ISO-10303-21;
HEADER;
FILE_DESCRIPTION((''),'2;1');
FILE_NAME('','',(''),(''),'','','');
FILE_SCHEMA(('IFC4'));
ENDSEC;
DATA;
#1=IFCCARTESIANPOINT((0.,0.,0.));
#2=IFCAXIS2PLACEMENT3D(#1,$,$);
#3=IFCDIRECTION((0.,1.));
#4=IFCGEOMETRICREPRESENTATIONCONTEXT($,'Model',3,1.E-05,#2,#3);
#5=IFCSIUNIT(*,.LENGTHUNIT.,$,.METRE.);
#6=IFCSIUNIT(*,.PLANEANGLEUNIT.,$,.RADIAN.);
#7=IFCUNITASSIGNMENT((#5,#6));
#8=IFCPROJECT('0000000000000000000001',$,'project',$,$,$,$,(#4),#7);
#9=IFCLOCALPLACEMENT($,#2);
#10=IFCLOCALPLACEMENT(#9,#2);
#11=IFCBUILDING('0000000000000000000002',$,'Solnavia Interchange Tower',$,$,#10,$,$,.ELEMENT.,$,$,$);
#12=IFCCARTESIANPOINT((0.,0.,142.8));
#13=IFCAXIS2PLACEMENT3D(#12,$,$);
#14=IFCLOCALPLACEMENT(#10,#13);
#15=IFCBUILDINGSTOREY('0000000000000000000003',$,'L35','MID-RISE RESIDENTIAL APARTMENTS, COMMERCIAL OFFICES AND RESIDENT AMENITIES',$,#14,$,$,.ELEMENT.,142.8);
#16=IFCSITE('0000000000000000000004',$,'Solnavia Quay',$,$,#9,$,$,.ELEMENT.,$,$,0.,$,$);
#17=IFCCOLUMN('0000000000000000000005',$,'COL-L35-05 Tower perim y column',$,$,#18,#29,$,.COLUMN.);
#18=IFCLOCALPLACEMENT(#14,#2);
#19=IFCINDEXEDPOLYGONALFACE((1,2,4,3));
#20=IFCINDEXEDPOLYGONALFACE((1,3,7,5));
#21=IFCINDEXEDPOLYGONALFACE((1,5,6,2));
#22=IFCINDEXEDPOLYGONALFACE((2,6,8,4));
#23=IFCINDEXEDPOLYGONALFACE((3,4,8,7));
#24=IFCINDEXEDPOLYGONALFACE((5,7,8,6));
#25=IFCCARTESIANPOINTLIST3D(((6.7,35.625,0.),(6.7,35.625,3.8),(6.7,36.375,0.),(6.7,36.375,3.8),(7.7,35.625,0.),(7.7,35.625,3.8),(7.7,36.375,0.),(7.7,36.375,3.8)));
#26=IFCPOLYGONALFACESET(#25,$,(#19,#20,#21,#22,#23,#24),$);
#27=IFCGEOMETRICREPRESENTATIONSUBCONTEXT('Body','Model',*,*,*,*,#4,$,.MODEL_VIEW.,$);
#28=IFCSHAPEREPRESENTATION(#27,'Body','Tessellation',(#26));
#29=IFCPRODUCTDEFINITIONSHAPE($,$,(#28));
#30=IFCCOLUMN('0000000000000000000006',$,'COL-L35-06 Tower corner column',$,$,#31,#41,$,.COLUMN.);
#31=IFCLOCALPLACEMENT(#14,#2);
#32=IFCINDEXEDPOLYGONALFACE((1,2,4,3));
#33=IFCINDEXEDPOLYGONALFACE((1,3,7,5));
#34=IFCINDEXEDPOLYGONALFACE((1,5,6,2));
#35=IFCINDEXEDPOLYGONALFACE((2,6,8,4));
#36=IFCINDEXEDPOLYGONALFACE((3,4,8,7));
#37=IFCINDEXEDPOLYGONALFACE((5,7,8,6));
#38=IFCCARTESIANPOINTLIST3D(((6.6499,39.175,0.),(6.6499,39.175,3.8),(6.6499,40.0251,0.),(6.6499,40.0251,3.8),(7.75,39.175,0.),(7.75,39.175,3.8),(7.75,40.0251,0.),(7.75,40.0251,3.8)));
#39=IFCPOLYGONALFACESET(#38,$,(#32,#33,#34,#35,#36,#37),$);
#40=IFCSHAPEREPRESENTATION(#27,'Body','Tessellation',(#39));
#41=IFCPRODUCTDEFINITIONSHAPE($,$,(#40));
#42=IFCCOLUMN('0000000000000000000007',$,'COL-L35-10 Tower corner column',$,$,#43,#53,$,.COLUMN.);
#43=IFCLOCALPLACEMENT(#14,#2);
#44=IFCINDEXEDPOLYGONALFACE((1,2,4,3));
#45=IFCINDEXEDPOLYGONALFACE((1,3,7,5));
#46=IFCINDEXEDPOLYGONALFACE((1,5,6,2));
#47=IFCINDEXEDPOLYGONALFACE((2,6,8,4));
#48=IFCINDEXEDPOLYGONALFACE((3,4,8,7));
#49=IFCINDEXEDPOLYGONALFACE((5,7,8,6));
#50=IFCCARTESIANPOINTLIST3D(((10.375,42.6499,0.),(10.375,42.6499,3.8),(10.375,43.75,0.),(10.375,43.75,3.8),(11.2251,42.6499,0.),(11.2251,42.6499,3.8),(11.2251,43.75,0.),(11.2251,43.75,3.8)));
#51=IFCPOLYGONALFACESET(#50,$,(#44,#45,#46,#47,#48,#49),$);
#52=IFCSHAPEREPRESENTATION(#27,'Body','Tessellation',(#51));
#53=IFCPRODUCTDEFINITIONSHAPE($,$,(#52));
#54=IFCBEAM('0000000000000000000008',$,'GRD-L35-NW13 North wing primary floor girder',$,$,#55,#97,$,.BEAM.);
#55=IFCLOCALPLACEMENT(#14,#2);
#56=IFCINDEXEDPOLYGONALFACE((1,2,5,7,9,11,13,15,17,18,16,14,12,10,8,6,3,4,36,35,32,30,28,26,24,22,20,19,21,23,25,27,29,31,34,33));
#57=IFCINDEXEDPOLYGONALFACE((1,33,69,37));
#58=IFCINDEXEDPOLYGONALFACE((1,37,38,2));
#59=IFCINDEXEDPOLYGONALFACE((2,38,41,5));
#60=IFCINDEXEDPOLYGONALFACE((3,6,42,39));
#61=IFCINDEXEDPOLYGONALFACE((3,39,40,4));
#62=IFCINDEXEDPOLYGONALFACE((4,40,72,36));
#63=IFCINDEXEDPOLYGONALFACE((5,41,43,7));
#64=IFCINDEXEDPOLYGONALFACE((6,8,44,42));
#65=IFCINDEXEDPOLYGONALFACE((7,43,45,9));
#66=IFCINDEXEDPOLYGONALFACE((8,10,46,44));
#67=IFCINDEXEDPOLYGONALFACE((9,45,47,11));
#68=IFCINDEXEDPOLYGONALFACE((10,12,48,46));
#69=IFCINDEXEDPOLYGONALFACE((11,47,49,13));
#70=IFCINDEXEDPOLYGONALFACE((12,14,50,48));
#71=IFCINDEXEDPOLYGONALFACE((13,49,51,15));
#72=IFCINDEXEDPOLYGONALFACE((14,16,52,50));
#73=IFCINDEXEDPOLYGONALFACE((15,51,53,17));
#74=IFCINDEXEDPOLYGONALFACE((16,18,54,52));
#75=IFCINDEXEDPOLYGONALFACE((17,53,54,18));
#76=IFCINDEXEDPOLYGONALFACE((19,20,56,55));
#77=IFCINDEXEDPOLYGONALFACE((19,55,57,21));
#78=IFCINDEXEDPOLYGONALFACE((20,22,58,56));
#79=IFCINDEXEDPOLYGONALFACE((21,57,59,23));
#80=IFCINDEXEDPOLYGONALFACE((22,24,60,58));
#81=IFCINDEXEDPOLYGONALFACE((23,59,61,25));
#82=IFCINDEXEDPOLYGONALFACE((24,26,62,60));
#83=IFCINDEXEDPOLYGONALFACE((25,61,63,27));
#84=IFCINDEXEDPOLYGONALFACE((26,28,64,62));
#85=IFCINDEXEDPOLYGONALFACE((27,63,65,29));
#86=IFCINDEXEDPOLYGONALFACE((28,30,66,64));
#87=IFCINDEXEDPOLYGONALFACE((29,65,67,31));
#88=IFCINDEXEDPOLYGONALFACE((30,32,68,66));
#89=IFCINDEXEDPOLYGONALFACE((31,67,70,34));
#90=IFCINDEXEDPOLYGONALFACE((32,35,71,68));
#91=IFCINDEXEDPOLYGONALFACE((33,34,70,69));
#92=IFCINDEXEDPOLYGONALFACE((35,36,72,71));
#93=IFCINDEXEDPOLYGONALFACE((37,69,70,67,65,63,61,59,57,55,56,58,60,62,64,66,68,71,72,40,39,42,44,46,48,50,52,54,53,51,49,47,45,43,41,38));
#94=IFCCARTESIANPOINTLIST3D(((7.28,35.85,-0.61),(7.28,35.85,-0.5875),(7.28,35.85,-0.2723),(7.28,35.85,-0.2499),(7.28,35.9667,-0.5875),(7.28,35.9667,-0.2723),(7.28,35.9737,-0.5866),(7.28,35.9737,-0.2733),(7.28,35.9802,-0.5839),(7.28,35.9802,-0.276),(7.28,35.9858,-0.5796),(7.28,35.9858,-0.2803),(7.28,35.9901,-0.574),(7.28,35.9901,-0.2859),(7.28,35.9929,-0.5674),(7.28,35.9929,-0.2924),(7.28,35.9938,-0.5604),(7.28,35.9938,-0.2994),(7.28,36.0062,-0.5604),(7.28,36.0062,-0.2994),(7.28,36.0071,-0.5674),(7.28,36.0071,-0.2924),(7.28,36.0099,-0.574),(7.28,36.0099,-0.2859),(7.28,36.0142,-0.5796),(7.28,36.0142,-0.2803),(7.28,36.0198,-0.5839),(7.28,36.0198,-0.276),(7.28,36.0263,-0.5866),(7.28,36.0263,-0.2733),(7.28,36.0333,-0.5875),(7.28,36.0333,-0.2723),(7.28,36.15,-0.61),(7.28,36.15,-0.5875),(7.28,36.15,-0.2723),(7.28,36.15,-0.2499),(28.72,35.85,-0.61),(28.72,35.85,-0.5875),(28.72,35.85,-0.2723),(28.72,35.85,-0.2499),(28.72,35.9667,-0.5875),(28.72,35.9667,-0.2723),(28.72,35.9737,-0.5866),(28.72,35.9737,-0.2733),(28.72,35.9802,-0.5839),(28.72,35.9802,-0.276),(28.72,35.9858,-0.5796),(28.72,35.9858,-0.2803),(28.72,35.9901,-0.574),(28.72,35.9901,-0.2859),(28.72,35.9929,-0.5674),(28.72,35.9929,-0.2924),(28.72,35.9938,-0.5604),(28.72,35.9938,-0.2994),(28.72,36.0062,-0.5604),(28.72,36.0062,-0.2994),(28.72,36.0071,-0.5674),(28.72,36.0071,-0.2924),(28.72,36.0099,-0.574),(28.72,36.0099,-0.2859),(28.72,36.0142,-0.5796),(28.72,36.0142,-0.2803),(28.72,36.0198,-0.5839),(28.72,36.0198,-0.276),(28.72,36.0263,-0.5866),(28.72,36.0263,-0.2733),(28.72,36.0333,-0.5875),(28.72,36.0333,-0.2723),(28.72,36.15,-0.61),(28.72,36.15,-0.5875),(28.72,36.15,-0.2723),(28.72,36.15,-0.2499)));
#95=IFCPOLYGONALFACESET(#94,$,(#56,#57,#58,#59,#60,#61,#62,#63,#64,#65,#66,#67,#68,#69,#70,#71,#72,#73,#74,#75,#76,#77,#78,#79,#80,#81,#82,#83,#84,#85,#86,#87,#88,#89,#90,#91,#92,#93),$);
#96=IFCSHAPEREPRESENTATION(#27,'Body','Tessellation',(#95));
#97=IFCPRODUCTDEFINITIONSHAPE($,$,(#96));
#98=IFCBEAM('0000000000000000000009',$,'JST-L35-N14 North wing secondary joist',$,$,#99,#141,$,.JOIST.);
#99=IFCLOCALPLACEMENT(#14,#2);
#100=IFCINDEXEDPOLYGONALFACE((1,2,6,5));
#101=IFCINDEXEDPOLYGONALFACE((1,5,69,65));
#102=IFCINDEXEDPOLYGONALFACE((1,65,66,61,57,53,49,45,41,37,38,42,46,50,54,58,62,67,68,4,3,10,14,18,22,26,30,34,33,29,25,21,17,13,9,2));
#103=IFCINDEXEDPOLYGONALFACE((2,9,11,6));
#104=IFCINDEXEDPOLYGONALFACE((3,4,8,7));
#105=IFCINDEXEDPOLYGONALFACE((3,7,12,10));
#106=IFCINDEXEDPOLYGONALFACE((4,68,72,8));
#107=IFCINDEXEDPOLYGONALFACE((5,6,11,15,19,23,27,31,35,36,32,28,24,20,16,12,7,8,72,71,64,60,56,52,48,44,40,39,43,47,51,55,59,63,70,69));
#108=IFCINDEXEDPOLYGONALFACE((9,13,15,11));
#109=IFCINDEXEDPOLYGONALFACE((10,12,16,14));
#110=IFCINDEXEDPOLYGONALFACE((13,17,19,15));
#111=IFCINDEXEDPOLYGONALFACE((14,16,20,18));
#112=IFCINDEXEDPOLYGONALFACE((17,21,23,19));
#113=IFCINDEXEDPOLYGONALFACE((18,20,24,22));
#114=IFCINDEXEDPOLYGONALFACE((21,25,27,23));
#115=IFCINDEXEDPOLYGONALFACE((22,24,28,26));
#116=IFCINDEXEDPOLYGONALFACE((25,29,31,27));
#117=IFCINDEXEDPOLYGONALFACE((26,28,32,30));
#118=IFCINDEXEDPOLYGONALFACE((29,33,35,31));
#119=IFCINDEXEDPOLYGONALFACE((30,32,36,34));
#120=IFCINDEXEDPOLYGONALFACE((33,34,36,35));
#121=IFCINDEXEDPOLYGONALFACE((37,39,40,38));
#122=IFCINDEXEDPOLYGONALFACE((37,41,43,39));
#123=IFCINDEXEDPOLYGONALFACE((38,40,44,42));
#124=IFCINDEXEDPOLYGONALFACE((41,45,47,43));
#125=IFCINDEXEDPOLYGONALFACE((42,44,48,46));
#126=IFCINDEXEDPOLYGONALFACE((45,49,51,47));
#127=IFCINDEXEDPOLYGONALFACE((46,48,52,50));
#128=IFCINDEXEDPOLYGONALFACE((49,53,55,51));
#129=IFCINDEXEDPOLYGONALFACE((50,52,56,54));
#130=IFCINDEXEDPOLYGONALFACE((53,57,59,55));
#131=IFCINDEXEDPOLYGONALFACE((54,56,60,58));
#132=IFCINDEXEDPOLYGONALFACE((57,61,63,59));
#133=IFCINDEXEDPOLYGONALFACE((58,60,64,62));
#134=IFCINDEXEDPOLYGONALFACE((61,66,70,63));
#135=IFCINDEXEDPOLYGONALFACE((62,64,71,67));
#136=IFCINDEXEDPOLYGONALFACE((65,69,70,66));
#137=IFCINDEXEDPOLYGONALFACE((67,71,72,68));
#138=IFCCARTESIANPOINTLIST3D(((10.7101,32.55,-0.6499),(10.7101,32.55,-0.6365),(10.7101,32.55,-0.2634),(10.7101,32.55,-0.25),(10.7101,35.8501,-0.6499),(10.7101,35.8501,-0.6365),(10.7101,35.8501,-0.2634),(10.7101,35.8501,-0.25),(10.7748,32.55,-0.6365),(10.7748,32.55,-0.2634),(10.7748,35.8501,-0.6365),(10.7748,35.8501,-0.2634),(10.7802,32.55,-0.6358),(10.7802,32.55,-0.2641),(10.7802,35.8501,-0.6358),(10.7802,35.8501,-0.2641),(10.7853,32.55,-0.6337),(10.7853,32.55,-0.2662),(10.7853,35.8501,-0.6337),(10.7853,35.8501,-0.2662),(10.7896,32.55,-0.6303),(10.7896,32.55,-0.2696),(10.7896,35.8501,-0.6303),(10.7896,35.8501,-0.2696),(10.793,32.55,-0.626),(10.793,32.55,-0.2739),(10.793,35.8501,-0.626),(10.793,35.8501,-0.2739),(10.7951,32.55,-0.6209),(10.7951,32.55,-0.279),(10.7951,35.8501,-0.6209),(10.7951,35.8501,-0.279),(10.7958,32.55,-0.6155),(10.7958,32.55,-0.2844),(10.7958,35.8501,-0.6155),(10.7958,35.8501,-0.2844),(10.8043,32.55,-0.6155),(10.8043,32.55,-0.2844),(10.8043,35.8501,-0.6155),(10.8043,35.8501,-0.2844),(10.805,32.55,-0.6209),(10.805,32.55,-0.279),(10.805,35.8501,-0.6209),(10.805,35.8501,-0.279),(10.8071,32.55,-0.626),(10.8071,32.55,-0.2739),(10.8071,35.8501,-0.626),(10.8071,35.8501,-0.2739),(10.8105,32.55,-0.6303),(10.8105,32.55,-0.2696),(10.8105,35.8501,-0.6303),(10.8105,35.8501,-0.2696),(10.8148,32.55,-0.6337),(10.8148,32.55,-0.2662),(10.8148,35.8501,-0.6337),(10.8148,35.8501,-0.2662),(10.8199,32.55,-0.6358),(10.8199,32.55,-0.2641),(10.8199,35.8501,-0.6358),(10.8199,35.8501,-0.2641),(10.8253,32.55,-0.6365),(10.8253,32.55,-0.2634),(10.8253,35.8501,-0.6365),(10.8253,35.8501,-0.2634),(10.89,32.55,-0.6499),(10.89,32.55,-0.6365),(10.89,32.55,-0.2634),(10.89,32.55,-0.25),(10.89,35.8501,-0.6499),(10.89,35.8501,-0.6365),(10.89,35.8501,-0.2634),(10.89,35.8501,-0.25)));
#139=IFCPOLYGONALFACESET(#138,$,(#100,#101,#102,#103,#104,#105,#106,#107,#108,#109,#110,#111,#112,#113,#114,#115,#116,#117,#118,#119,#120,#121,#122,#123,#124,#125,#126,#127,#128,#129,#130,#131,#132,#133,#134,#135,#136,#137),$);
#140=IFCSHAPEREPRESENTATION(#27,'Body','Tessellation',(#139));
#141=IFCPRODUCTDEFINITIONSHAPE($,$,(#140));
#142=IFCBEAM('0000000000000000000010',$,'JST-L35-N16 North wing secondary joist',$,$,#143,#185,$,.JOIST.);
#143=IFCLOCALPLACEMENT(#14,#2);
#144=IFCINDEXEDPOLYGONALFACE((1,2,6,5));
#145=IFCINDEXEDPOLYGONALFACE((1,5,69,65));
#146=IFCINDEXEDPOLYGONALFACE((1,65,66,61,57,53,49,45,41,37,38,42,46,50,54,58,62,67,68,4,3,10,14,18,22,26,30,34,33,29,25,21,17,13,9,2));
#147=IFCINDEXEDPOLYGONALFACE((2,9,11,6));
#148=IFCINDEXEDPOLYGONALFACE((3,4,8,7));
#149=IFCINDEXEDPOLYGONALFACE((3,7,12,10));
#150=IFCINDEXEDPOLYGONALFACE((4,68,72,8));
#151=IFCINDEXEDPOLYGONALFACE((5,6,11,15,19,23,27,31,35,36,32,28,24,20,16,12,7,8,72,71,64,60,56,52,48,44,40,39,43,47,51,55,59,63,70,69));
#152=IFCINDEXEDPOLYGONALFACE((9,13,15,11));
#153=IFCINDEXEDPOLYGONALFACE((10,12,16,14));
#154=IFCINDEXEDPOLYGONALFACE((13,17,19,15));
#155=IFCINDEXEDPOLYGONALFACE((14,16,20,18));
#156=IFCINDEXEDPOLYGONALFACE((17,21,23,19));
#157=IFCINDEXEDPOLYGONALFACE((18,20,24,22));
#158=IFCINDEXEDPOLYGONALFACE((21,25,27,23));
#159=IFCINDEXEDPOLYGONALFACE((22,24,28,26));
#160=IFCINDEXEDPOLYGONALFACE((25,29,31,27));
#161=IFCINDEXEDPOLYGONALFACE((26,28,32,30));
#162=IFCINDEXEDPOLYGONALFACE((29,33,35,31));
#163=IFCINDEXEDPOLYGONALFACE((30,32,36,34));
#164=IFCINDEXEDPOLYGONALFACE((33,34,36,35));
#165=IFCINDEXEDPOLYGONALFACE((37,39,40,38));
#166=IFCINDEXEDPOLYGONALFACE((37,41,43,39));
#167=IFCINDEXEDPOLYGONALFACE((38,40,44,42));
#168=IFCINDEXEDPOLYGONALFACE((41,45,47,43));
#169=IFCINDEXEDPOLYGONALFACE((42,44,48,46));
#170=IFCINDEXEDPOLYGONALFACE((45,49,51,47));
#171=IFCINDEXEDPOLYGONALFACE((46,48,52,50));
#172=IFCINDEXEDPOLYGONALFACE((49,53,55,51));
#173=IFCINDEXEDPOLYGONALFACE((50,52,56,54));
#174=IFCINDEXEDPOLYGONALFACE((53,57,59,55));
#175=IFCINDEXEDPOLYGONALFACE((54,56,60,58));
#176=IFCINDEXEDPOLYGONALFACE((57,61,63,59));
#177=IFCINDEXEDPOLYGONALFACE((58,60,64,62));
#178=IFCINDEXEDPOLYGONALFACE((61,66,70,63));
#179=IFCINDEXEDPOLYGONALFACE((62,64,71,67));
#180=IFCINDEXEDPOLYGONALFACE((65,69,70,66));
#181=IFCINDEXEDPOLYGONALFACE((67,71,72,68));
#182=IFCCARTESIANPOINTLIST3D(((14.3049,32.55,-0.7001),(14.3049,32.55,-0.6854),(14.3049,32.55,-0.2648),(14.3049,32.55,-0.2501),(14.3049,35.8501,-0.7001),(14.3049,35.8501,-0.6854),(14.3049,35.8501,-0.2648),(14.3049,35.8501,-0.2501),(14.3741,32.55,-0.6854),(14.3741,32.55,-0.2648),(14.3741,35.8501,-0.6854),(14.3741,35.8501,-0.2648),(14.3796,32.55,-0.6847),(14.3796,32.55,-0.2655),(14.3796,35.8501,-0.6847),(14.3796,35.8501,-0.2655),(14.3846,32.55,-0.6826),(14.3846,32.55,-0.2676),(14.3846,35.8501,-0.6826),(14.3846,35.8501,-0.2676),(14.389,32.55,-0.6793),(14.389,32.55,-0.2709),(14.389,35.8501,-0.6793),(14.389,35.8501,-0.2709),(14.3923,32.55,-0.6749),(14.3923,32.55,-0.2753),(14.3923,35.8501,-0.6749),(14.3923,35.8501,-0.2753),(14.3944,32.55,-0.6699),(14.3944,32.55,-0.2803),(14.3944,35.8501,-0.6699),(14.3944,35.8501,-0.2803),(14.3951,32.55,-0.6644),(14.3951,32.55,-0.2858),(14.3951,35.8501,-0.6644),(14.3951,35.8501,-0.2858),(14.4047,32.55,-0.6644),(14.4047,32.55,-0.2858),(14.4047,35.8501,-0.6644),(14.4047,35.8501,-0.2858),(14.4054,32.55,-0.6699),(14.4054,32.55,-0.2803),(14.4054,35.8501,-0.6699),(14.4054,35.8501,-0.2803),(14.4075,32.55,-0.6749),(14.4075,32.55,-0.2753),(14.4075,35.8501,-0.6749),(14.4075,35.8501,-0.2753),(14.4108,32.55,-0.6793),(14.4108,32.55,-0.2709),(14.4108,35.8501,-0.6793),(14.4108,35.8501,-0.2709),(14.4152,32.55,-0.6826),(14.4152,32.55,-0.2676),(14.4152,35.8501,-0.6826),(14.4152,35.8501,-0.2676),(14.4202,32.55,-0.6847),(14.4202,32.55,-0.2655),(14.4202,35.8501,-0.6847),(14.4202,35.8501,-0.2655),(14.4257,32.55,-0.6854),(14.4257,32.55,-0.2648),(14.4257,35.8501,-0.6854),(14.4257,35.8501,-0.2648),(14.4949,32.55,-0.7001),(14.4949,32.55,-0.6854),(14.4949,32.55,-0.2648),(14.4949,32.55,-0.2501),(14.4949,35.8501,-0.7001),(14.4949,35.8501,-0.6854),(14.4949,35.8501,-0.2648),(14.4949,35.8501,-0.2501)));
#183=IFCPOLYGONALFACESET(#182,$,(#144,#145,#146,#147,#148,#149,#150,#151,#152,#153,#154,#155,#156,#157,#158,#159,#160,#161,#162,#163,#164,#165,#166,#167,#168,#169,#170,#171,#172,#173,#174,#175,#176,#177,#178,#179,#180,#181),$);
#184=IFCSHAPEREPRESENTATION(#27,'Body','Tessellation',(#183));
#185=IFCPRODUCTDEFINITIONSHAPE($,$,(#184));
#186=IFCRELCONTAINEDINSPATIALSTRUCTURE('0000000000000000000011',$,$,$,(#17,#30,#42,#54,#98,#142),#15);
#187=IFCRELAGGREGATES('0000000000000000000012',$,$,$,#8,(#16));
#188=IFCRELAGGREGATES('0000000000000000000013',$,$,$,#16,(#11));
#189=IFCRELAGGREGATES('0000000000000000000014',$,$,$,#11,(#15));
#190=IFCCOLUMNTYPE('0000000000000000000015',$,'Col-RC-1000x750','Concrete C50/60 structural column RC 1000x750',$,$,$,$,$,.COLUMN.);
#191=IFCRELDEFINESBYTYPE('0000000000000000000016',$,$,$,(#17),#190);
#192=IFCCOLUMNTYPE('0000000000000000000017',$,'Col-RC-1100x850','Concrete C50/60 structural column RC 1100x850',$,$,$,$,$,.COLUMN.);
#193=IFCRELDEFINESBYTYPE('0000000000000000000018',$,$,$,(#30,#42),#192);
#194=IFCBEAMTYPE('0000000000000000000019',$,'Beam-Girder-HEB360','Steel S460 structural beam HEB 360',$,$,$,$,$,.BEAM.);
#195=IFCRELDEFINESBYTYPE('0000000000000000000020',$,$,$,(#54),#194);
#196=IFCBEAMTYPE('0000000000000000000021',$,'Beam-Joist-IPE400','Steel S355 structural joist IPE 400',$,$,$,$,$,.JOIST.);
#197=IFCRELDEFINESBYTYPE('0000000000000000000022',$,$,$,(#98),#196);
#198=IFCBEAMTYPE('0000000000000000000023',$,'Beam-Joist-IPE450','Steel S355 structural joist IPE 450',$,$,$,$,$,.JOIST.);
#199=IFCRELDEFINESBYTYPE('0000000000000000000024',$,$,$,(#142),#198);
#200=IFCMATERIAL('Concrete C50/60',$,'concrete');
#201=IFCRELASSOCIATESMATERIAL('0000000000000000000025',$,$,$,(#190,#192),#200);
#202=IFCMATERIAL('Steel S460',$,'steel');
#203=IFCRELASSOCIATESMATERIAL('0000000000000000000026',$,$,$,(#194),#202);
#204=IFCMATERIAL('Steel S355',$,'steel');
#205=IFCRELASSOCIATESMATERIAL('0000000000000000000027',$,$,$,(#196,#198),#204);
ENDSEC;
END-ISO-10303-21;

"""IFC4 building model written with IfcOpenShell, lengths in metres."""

from ifc_helpers import new_model, si_unit, direction, frame, origin, origin_2d, place, context, subcontext, project, spatial, rectangle, i_section, extrude, material, material_profile, profile_set, type_object, element, save


model = new_model("IFC4")

# Units and contexts
model_context = context("Model", 3, precision=1e-05, world=origin(), true_north=direction((0.0, 1.0)))
body_context = subcontext(model_context, "Body", "Model", "MODEL_VIEW")
ifc_project = project(units=[si_unit("LENGTHUNIT", "METRE"), si_unit("PLANEANGLEUNIT", "RADIAN")], contexts=[model_context])

# Site, building, storey
site_placement = place(None, origin())
site = spatial("IfcSite", under=ifc_project, at=site_placement, Name="Solnavia Quay", CompositionType="ELEMENT", RefElevation=0.0)
building_placement = place(site_placement, origin())
building = spatial("IfcBuilding", under=site, at=building_placement, Name="Solnavia Interchange Tower", CompositionType="ELEMENT")
storey_placement = place(building_placement, frame((0.0, 0.0, 142.8)))
storey = spatial("IfcBuildingStorey", under=building, at=storey_placement, Name="L35", Description="MID-RISE RESIDENTIAL APARTMENTS, COMMERCIAL OFFICES AND RESIDENT AMENITIES", CompositionType="ELEMENT", Elevation=142.8)

# Columns
ifc_material_1 = material(Name="Concrete C50/60", Category="concrete")
ifc_material_profile_1 = material_profile(ifc_material_1, rectangle(XDim=0.75, YDim=1.0, at=origin_2d()), Name="RC 1000x750")
ifc_profile_set_1 = profile_set([ifc_material_profile_1], Name="Concrete C50/60")
column_type_1 = type_object("IfcColumnType", Name="Col-RC-1000x750", Description="Concrete C50/60 structural column RC 1000x750", PredefinedType="COLUMN", material=ifc_profile_set_1)
column_placement = place(storey_placement, frame((7.2, 36.0, 0.0), z_axis=(0.0, 0.0, 1.0), x_axis=(0.0, 1.0, 0.0)))
element("IfcColumn", 1, at=column_placement, inside=storey, type_object=column_type_1, Name="COL-L35-05 Tower perim y column", PredefinedType="COLUMN", context=body_context, shape_type="SweptSolid", body=[
    extrude(rectangle(XDim=0.75, YDim=1.0, at=origin_2d()), origin(), (0.0, 0.0, 1.0), 3.8),
])
ifc_material_profile_2 = material_profile(ifc_material_1, rectangle(XDim=0.8501, YDim=1.1001, at=origin_2d()), Name="RC 1100x850")
ifc_profile_set_2 = profile_set([ifc_material_profile_2], Name="Concrete C50/60")
column_type_2 = type_object("IfcColumnType", Name="Col-RC-1100x850", Description="Concrete C50/60 structural column RC 1100x850", PredefinedType="COLUMN", material=ifc_profile_set_2)
for number, where, z_axis, x_axis, name in (
    (2, (7.2, 39.6001, 0.0), (0.0, 0.0, 1.0), (0.0, 1.0, 0.0), "COL-L35-06 Tower corner column"),
    (3, (10.8, 43.2, 0.0), (0.0, 0.0, 1.0), (1.0, 0.0, 0.0), "COL-L35-10 Tower corner column"),
):
    element("IfcColumn", number, at=place(storey_placement, frame(where, z_axis=z_axis, x_axis=x_axis)), inside=storey, type_object=column_type_2, Name=name, PredefinedType="COLUMN", context=body_context, shape_type="SweptSolid", body=[
        extrude(rectangle(XDim=0.8501, YDim=1.1001, at=origin_2d()), origin(), (0.0, 0.0, 1.0), 3.8),
    ])

# Beams
ifc_material_2 = material(Name="Steel S460", Category="steel")
ifc_material_profile_3 = material_profile(ifc_material_2, i_section(OverallWidth=0.3, OverallDepth=0.3601, WebThickness=0.0125, FlangeThickness=0.0225, FilletRadius=0.0271, at=origin_2d()), Name="HEB 360")
ifc_profile_set_3 = profile_set([ifc_material_profile_3], Name="Steel S460")
beam_type_1 = type_object("IfcBeamType", Name="Beam-Girder-HEB360", Description="Steel S460 structural beam HEB 360", PredefinedType="BEAM", material=ifc_profile_set_3)
beam_1_placement = place(storey_placement, frame((7.28, 36.0, -0.4299), z_axis=(1.0, 0.0, 0.0), x_axis=(0.0, 1.0, 0.0)))
element("IfcBeam", 4, at=beam_1_placement, inside=storey, type_object=beam_type_1, Name="GRD-L35-NW13 North wing primary floor girder", PredefinedType="BEAM", context=body_context, shape_type="SweptSolid", body=[
    extrude(i_section(OverallWidth=0.3, OverallDepth=0.3601, WebThickness=0.0125, FlangeThickness=0.0225, FilletRadius=0.0271, at=origin_2d()), origin(), (0.0, 0.0, 1.0), 21.4399),
])
ifc_material_3 = material(Name="Steel S355", Category="steel")
ifc_material_profile_4 = material_profile(ifc_material_3, i_section(OverallWidth=0.1799, OverallDepth=0.3999, WebThickness=0.0085, FlangeThickness=0.0134, FilletRadius=0.021, at=origin_2d()), Name="IPE 400")
ifc_profile_set_4 = profile_set([ifc_material_profile_4], Name="Steel S355")
beam_type_2 = type_object("IfcBeamType", Name="Beam-Joist-IPE400", Description="Steel S355 structural joist IPE 400", PredefinedType="JOIST", material=ifc_profile_set_4)
beam_2_placement = place(storey_placement, frame((10.8, 32.55, -0.45), z_axis=(0.0, 1.0, 0.0), x_axis=(-1.0, 0.0, 0.0)))
element("IfcBeam", 5, at=beam_2_placement, inside=storey, type_object=beam_type_2, Name="JST-L35-N14 North wing secondary joist", PredefinedType="JOIST", context=body_context, shape_type="SweptSolid", body=[
    extrude(i_section(OverallWidth=0.1799, OverallDepth=0.3999, WebThickness=0.0085, FlangeThickness=0.0134, FilletRadius=0.021, at=origin_2d()), origin(), (0.0, 0.0, 1.0), 3.3),
])
ifc_material_profile_5 = material_profile(ifc_material_3, i_section(OverallWidth=0.1899, OverallDepth=0.45, WebThickness=0.0095, FlangeThickness=0.0146, FilletRadius=0.021, at=origin_2d()), Name="IPE 450")
ifc_profile_set_5 = profile_set([ifc_material_profile_5], Name="Steel S355")
beam_type_3 = type_object("IfcBeamType", Name="Beam-Joist-IPE450", Description="Steel S355 structural joist IPE 450", PredefinedType="JOIST", material=ifc_profile_set_5)
beam_3_placement = place(storey_placement, frame((14.3999, 32.55, -0.4751), z_axis=(0.0, 1.0, 0.0), x_axis=(-1.0, 0.0, 0.0)))
element("IfcBeam", 6, at=beam_3_placement, inside=storey, type_object=beam_type_3, Name="JST-L35-N16 North wing secondary joist", PredefinedType="JOIST", context=body_context, shape_type="SweptSolid", body=[
    extrude(i_section(OverallWidth=0.1899, OverallDepth=0.45, WebThickness=0.0095, FlangeThickness=0.0146, FilletRadius=0.021, at=origin_2d()), origin(), (0.0, 0.0, 1.0), 3.3),
])

save(model, "model.ifc")
